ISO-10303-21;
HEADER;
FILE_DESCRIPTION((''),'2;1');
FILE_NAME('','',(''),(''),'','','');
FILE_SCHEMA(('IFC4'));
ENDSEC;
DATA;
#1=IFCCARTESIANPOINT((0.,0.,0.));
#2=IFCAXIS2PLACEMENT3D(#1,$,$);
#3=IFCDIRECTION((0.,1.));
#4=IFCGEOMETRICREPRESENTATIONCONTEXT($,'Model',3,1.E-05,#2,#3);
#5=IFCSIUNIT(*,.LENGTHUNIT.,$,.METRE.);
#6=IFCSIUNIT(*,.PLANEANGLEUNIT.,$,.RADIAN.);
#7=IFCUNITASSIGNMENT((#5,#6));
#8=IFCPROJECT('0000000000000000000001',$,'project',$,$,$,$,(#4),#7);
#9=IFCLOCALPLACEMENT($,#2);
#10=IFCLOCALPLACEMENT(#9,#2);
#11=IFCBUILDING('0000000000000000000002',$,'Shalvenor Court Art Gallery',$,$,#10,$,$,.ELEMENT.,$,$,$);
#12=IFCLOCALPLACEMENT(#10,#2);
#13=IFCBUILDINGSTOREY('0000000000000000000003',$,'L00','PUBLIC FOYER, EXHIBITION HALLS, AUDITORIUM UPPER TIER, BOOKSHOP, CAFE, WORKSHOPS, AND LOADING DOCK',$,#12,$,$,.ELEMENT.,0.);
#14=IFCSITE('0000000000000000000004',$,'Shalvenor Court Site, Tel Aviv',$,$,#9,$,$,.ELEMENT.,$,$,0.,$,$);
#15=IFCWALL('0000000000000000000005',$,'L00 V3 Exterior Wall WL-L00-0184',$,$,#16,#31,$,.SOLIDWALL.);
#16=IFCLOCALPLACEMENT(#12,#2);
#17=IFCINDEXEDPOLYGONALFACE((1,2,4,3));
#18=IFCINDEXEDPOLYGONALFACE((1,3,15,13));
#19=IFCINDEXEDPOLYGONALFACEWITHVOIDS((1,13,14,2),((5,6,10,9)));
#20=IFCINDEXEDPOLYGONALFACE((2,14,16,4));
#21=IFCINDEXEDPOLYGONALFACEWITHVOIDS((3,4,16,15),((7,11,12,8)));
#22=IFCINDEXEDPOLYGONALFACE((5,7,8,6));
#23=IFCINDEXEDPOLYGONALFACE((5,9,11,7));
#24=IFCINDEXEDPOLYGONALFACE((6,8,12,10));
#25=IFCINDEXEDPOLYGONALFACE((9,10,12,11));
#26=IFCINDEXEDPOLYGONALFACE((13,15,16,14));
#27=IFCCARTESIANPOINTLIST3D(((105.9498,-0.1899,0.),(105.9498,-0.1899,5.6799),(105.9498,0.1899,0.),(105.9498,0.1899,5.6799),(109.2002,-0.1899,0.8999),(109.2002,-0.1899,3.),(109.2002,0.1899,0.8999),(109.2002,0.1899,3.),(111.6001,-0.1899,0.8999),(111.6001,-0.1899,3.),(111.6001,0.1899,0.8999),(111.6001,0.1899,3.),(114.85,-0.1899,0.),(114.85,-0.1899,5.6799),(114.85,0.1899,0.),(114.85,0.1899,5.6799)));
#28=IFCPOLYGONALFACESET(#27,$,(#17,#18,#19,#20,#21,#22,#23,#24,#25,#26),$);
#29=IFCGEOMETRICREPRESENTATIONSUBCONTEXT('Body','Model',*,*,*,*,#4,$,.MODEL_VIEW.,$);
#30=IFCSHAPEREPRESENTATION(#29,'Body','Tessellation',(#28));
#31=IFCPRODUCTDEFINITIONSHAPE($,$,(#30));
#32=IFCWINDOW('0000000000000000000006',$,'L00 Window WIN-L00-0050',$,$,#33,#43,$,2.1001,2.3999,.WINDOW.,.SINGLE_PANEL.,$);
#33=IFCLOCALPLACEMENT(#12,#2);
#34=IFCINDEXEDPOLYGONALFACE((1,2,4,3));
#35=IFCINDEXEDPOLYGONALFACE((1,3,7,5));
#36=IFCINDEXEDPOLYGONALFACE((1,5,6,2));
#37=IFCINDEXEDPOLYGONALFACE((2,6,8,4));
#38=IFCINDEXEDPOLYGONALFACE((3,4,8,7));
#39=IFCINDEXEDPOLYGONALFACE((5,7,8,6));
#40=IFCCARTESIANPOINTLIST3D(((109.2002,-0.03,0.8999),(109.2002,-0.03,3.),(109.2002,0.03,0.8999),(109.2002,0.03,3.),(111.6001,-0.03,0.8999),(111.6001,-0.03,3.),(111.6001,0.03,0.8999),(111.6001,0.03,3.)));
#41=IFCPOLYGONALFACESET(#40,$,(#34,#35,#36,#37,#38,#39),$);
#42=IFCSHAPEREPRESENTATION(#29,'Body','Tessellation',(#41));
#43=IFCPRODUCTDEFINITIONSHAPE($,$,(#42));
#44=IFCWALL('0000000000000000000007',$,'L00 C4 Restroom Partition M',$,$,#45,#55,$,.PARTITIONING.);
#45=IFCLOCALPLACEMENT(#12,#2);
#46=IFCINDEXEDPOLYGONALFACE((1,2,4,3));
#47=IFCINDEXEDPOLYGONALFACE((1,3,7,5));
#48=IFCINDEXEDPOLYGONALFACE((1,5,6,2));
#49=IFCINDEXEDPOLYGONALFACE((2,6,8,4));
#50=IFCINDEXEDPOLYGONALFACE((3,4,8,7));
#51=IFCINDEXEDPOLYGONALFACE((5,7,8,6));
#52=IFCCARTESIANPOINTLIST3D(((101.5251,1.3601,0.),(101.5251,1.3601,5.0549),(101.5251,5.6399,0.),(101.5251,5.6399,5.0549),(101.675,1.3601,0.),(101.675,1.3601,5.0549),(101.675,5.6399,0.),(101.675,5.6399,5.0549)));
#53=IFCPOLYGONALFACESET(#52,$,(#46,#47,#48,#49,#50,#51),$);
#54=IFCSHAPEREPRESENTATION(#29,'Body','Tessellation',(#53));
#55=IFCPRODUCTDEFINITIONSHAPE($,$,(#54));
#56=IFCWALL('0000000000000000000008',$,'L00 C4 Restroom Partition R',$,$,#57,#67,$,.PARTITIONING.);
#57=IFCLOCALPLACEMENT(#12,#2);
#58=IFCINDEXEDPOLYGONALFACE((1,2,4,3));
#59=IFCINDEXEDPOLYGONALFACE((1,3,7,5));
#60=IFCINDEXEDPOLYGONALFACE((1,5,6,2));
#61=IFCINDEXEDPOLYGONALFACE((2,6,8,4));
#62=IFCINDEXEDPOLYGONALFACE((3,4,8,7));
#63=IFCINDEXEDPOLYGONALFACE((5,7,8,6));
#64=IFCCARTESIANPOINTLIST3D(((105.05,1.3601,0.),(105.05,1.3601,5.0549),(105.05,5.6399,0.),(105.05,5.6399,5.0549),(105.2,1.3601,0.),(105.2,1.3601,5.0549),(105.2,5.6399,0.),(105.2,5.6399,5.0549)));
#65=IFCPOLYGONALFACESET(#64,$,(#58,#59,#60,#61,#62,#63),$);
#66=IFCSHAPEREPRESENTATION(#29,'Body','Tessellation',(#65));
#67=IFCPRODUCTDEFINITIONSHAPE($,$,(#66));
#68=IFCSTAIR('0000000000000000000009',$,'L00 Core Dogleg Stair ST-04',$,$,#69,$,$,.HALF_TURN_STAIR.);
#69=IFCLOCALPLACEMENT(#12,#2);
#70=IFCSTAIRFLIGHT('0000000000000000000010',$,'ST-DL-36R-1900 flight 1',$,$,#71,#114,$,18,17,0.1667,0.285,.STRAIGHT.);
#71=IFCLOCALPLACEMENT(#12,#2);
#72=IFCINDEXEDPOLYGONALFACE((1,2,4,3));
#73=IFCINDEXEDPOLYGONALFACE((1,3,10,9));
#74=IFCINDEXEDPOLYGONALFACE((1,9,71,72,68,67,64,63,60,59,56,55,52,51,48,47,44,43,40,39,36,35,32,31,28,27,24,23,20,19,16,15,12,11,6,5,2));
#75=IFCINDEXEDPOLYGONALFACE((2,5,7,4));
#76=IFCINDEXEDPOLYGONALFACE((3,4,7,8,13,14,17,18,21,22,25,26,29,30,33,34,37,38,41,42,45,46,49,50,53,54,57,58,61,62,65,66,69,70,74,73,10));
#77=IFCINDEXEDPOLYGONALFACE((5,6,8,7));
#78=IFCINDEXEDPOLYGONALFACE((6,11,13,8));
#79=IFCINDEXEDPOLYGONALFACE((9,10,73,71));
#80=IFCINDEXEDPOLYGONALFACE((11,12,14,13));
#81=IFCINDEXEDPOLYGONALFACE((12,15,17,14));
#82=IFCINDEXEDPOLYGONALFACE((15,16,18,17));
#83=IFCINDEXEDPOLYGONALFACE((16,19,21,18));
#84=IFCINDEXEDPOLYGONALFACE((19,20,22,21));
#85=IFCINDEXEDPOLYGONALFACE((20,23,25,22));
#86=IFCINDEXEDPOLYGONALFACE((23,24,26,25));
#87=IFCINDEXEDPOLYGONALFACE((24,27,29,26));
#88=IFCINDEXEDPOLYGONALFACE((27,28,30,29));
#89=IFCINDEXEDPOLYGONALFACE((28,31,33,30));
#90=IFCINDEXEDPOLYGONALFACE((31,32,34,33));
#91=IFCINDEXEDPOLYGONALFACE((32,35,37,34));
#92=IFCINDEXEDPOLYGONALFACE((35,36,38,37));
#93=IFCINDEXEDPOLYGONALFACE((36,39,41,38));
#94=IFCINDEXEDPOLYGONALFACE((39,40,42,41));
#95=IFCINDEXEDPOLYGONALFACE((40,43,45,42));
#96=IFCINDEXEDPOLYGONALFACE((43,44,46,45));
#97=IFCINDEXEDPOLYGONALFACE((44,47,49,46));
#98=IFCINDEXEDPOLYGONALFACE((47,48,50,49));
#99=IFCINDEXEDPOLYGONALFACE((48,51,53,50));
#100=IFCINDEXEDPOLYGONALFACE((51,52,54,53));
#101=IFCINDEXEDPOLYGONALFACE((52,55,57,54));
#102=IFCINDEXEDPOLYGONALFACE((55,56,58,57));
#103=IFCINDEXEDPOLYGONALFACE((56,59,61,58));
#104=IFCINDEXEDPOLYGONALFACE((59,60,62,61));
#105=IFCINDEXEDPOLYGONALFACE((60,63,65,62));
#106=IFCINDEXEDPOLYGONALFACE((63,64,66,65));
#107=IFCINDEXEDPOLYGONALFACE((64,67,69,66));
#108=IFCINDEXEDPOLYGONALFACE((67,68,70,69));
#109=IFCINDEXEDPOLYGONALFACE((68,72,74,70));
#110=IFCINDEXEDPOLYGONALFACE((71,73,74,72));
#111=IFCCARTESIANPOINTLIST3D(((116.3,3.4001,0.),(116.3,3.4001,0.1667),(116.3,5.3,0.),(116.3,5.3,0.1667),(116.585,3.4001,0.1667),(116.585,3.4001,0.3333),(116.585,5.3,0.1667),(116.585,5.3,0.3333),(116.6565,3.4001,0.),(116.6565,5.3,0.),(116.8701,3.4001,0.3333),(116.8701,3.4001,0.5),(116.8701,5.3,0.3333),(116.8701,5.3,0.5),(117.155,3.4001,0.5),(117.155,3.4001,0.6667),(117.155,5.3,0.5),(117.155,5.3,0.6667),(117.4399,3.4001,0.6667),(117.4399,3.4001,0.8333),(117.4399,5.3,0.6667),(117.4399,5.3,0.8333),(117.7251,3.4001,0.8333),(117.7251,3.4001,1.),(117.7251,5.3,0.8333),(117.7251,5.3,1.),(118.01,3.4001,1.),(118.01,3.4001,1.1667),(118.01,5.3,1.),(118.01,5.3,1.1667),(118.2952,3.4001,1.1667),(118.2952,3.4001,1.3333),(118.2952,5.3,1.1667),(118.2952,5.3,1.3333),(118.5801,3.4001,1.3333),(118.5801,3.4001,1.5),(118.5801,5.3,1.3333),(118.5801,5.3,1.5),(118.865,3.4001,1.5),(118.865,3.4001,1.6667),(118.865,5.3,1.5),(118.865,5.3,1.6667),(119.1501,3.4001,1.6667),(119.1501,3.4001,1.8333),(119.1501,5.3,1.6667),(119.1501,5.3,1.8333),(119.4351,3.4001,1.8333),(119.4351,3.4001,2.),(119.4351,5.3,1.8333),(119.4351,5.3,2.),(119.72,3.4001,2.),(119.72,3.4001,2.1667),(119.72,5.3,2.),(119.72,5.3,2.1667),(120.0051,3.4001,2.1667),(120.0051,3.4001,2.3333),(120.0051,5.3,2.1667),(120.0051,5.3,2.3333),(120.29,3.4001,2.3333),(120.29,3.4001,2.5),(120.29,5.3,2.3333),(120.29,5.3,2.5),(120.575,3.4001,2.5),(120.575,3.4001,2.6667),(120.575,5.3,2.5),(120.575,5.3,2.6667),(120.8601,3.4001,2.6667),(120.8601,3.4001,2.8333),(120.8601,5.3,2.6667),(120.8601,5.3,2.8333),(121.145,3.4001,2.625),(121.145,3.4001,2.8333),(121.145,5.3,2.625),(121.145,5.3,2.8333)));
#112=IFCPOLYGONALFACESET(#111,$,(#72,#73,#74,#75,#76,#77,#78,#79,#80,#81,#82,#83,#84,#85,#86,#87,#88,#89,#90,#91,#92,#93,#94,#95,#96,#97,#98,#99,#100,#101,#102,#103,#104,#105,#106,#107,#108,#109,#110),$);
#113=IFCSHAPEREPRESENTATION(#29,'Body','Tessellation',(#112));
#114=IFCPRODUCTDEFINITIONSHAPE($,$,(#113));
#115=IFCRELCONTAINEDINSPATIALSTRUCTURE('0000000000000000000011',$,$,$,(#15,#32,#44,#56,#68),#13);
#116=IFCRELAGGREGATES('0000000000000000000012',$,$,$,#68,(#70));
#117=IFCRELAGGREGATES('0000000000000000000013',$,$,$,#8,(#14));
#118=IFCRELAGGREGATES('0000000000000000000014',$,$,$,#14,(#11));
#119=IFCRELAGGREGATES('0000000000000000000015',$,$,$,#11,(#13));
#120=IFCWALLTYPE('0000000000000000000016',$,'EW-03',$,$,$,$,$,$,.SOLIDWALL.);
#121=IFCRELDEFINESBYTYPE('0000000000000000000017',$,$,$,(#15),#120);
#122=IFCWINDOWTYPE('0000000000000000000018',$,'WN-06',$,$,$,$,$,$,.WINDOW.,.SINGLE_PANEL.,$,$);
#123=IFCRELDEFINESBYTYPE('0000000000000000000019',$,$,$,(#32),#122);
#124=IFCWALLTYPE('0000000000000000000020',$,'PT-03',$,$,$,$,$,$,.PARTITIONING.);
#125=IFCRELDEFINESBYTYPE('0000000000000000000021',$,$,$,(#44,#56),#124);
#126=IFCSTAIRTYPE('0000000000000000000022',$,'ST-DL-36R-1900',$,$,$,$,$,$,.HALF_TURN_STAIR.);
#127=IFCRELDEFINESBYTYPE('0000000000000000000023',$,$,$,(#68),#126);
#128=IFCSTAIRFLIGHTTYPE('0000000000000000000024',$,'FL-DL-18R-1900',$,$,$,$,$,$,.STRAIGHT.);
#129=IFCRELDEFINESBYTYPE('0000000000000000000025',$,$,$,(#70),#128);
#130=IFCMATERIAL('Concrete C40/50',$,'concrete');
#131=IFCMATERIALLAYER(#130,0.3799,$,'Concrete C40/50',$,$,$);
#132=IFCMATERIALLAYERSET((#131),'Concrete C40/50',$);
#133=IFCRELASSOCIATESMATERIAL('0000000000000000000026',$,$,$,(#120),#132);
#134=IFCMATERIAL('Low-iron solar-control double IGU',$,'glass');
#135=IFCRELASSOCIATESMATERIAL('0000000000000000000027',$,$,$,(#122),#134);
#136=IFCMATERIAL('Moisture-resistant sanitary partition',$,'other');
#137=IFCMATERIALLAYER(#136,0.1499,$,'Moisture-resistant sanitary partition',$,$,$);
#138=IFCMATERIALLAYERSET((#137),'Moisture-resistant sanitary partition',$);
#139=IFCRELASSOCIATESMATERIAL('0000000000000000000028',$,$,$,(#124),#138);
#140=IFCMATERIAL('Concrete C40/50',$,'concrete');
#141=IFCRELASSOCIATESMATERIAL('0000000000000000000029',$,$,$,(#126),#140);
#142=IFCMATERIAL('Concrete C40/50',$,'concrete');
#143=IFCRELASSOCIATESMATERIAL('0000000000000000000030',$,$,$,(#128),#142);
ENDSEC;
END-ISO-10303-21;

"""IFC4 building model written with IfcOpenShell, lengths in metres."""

from ifc_helpers import new_model, si_unit, direction, frame, frame_2d, origin, place, context, subcontext, project, spatial, polyline, rectangle, outline, extrude, material, layer, layer_set, type_object, element, fill, aggregate, save


model = new_model("IFC4")

# Units and contexts
model_context = context("Model", 3, precision=1e-05, world=origin(), true_north=direction((0.0, 1.0)))
body_context = subcontext(model_context, "Body", "Model", "MODEL_VIEW")
ifc_project = project(units=[si_unit("LENGTHUNIT", "METRE"), si_unit("PLANEANGLEUNIT", "RADIAN")], contexts=[model_context])

# Site, building, storey
site_placement = place(None, origin())
site = spatial("IfcSite", under=ifc_project, at=site_placement, Name="Shalvenor Court Site, Tel Aviv", CompositionType="ELEMENT", RefElevation=0.0)
building_placement = place(site_placement, origin())
building = spatial("IfcBuilding", under=site, at=building_placement, Name="Shalvenor Court Art Gallery", CompositionType="ELEMENT")
storey_placement = place(building_placement, origin())
storey = spatial("IfcBuildingStorey", under=building, at=storey_placement, Name="L00", Description="PUBLIC FOYER, EXHIBITION HALLS, AUDITORIUM UPPER TIER, BOOKSHOP, CAFE, WORKSHOPS, AND LOADING DOCK", CompositionType="ELEMENT", Elevation=0.0)

# Wall, opening, window
ifc_material_1 = material(Name="Concrete C40/50", Category="concrete")
ifc_layer_1 = layer(ifc_material_1, 0.3799, Name="Concrete C40/50")
ifc_layer_set_1 = layer_set([ifc_layer_1], Name="Concrete C40/50")
wall_type_1 = type_object("IfcWallType", Name="EW-03", PredefinedType="SOLIDWALL", material=ifc_layer_set_1)
wall_1_placement = place(storey_placement, frame((114.8501, 0.0, 0.0), z_axis=(0.0, 0.0, 1.0), x_axis=(-1.0, 0.0, 0.0)))
wall_1 = element("IfcWall", 1, at=wall_1_placement, inside=storey, type_object=wall_type_1, Name="L00 V3 Exterior Wall WL-L00-0184", PredefinedType="SOLIDWALL", context=body_context, shape_type="SweptSolid", body=[
    extrude(rectangle(XDim=8.9001, YDim=0.3799, at=frame_2d((4.4502, 0.0))), origin(), (0.0, 0.0, 1.0), 5.6799),
])
opening_1_placement = place(wall_1_placement, frame((3.25, 0.0, 0.8999)))
opening_1 = element("IfcOpeningElement", 2, at=opening_1_placement, cuts=wall_1, PredefinedType="OPENING", context=body_context, shape_type="SweptSolid", body=[
    extrude(rectangle(XDim=2.3999, YDim=2.1001, at=frame_2d((1.2, 1.05))), frame((0.0, 0.2, 0.0), z_axis=(0.0, -1.0, 0.0), x_axis=(1.0, 0.0, 0.0)), (0.0, 0.0, 1.0), 0.3999),
])
ifc_material_2 = material(Name="Low-iron solar-control double IGU", Category="glass")
window_type = type_object("IfcWindowType", Name="WN-06", PartitioningType="SINGLE_PANEL", PredefinedType="WINDOW", material=ifc_material_2)
window_placement = place(opening_1_placement, origin())
window = element("IfcWindow", 3, at=window_placement, inside=storey, type_object=window_type, Name="L00 Window WIN-L00-0050", OverallHeight=2.1001, OverallWidth=2.3999, PartitioningType="SINGLE_PANEL", PredefinedType="WINDOW", context=body_context, shape_type="SweptSolid", body=[
    extrude(rectangle(XDim=2.3999, YDim=2.1001, at=frame_2d((1.2, 1.05))), frame((0.0, 0.03, 0.0), z_axis=(0.0, -1.0, 0.0), x_axis=(1.0, 0.0, 0.0)), (0.0, 0.0, 1.0), 0.0601),
])
fill(opening_1, window)

# Walls
ifc_material_3 = material(Name="Moisture-resistant sanitary partition", Category="other")
ifc_layer_2 = layer(ifc_material_3, 0.1499, Name="Moisture-resistant sanitary partition")
ifc_layer_set_2 = layer_set([ifc_layer_2], Name="Moisture-resistant sanitary partition")
wall_type_2 = type_object("IfcWallType", Name="PT-03", PredefinedType="PARTITIONING", material=ifc_layer_set_2)
for number, where, z_axis, x_axis, name in (
    (4, (101.6001, 1.3601, 0.0), (0.0, 0.0, 1.0), (0.0, 1.0, 0.0), "L00 C4 Restroom Partition M"),
    (5, (105.125, 1.3601, 0.0), (0.0, 0.0, 1.0), (0.0, 1.0, 0.0), "L00 C4 Restroom Partition R"),
):
    element("IfcWall", number, at=place(storey_placement, frame(where, z_axis=z_axis, x_axis=x_axis)), inside=storey, type_object=wall_type_2, Name=name, PredefinedType="PARTITIONING", context=body_context, shape_type="SweptSolid", body=[
        extrude(rectangle(XDim=4.2798, YDim=0.1499, at=frame_2d((2.1399, 0.0))), origin(), (0.0, 0.0, 1.0), 5.0549),
    ])

# Stair, stair flight
ifc_material_4 = material(Name="Concrete C40/50", Category="concrete")
stair_type = type_object("IfcStairType", Name="ST-DL-36R-1900", PredefinedType="HALF_TURN_STAIR", material=ifc_material_4)
stair_placement = place(storey_placement, origin())
stair = element("IfcStair", 6, at=stair_placement, inside=storey, type_object=stair_type, Name="L00 Core Dogleg Stair ST-04", PredefinedType="HALF_TURN_STAIR")
ifc_material_5 = material(Name="Concrete C40/50", Category="concrete")
stair_flight_type = type_object("IfcStairFlightType", Name="FL-DL-18R-1900", PredefinedType="STRAIGHT", material=ifc_material_5)
stair_flight_placement = place(storey_placement, frame((116.3, 4.3501, 0.0), z_axis=(0.0, 0.0, 1.0), x_axis=(1.0, 0.0, 0.0)))
stair_flight = element("IfcStairFlight", 7, at=stair_flight_placement, type_object=stair_flight_type, Name="ST-DL-36R-1900 flight 1", NumberOfRisers=18, NumberOfTreads=17, PredefinedType="STRAIGHT", RiserHeight=0.1667, TreadLength=0.285, context=body_context, shape_type="SweptSolid", body=[
    extrude(outline(polyline([(0.0, 0.0), (0.0, 0.1667), (0.2849, 0.1667), (0.2849, 0.3333), (0.5701, 0.3333), (0.5701, 0.5), (0.855, 0.5), (0.855, 0.6667), (1.1399, 0.6667), (1.1399, 0.8333), (1.425, 0.8333), (1.425, 1.0), (1.71, 1.0), (1.71, 1.1667), (1.9951, 1.1667), (1.9951, 1.3333), (2.28, 1.3333), (2.28, 1.5), (2.5649, 1.5), (2.5649, 1.6667), (2.8501, 1.6667), (2.8501, 1.8333), (3.135, 1.8333), (3.135, 2.0), (3.4199, 2.0), (3.4199, 2.1667), (3.7051, 2.1667), (3.7051, 2.3333), (3.99, 2.3333), (3.99, 2.5), (4.2749, 2.5), (4.2749, 2.6667), (4.5601, 2.6667), (4.5601, 2.8333), (4.845, 2.8333), (4.845, 3.0), (4.845, 2.625), (0.3564, 0.0), (0.0, 0.0)])), frame((0.0, 0.95, 0.0), z_axis=(0.0, -1.0, 0.0), x_axis=(1.0, 0.0, 0.0)), (0.0, 0.0, 1.0), 1.8999),
])
aggregate(stair, [stair_flight])

save(model, "model.ifc")
